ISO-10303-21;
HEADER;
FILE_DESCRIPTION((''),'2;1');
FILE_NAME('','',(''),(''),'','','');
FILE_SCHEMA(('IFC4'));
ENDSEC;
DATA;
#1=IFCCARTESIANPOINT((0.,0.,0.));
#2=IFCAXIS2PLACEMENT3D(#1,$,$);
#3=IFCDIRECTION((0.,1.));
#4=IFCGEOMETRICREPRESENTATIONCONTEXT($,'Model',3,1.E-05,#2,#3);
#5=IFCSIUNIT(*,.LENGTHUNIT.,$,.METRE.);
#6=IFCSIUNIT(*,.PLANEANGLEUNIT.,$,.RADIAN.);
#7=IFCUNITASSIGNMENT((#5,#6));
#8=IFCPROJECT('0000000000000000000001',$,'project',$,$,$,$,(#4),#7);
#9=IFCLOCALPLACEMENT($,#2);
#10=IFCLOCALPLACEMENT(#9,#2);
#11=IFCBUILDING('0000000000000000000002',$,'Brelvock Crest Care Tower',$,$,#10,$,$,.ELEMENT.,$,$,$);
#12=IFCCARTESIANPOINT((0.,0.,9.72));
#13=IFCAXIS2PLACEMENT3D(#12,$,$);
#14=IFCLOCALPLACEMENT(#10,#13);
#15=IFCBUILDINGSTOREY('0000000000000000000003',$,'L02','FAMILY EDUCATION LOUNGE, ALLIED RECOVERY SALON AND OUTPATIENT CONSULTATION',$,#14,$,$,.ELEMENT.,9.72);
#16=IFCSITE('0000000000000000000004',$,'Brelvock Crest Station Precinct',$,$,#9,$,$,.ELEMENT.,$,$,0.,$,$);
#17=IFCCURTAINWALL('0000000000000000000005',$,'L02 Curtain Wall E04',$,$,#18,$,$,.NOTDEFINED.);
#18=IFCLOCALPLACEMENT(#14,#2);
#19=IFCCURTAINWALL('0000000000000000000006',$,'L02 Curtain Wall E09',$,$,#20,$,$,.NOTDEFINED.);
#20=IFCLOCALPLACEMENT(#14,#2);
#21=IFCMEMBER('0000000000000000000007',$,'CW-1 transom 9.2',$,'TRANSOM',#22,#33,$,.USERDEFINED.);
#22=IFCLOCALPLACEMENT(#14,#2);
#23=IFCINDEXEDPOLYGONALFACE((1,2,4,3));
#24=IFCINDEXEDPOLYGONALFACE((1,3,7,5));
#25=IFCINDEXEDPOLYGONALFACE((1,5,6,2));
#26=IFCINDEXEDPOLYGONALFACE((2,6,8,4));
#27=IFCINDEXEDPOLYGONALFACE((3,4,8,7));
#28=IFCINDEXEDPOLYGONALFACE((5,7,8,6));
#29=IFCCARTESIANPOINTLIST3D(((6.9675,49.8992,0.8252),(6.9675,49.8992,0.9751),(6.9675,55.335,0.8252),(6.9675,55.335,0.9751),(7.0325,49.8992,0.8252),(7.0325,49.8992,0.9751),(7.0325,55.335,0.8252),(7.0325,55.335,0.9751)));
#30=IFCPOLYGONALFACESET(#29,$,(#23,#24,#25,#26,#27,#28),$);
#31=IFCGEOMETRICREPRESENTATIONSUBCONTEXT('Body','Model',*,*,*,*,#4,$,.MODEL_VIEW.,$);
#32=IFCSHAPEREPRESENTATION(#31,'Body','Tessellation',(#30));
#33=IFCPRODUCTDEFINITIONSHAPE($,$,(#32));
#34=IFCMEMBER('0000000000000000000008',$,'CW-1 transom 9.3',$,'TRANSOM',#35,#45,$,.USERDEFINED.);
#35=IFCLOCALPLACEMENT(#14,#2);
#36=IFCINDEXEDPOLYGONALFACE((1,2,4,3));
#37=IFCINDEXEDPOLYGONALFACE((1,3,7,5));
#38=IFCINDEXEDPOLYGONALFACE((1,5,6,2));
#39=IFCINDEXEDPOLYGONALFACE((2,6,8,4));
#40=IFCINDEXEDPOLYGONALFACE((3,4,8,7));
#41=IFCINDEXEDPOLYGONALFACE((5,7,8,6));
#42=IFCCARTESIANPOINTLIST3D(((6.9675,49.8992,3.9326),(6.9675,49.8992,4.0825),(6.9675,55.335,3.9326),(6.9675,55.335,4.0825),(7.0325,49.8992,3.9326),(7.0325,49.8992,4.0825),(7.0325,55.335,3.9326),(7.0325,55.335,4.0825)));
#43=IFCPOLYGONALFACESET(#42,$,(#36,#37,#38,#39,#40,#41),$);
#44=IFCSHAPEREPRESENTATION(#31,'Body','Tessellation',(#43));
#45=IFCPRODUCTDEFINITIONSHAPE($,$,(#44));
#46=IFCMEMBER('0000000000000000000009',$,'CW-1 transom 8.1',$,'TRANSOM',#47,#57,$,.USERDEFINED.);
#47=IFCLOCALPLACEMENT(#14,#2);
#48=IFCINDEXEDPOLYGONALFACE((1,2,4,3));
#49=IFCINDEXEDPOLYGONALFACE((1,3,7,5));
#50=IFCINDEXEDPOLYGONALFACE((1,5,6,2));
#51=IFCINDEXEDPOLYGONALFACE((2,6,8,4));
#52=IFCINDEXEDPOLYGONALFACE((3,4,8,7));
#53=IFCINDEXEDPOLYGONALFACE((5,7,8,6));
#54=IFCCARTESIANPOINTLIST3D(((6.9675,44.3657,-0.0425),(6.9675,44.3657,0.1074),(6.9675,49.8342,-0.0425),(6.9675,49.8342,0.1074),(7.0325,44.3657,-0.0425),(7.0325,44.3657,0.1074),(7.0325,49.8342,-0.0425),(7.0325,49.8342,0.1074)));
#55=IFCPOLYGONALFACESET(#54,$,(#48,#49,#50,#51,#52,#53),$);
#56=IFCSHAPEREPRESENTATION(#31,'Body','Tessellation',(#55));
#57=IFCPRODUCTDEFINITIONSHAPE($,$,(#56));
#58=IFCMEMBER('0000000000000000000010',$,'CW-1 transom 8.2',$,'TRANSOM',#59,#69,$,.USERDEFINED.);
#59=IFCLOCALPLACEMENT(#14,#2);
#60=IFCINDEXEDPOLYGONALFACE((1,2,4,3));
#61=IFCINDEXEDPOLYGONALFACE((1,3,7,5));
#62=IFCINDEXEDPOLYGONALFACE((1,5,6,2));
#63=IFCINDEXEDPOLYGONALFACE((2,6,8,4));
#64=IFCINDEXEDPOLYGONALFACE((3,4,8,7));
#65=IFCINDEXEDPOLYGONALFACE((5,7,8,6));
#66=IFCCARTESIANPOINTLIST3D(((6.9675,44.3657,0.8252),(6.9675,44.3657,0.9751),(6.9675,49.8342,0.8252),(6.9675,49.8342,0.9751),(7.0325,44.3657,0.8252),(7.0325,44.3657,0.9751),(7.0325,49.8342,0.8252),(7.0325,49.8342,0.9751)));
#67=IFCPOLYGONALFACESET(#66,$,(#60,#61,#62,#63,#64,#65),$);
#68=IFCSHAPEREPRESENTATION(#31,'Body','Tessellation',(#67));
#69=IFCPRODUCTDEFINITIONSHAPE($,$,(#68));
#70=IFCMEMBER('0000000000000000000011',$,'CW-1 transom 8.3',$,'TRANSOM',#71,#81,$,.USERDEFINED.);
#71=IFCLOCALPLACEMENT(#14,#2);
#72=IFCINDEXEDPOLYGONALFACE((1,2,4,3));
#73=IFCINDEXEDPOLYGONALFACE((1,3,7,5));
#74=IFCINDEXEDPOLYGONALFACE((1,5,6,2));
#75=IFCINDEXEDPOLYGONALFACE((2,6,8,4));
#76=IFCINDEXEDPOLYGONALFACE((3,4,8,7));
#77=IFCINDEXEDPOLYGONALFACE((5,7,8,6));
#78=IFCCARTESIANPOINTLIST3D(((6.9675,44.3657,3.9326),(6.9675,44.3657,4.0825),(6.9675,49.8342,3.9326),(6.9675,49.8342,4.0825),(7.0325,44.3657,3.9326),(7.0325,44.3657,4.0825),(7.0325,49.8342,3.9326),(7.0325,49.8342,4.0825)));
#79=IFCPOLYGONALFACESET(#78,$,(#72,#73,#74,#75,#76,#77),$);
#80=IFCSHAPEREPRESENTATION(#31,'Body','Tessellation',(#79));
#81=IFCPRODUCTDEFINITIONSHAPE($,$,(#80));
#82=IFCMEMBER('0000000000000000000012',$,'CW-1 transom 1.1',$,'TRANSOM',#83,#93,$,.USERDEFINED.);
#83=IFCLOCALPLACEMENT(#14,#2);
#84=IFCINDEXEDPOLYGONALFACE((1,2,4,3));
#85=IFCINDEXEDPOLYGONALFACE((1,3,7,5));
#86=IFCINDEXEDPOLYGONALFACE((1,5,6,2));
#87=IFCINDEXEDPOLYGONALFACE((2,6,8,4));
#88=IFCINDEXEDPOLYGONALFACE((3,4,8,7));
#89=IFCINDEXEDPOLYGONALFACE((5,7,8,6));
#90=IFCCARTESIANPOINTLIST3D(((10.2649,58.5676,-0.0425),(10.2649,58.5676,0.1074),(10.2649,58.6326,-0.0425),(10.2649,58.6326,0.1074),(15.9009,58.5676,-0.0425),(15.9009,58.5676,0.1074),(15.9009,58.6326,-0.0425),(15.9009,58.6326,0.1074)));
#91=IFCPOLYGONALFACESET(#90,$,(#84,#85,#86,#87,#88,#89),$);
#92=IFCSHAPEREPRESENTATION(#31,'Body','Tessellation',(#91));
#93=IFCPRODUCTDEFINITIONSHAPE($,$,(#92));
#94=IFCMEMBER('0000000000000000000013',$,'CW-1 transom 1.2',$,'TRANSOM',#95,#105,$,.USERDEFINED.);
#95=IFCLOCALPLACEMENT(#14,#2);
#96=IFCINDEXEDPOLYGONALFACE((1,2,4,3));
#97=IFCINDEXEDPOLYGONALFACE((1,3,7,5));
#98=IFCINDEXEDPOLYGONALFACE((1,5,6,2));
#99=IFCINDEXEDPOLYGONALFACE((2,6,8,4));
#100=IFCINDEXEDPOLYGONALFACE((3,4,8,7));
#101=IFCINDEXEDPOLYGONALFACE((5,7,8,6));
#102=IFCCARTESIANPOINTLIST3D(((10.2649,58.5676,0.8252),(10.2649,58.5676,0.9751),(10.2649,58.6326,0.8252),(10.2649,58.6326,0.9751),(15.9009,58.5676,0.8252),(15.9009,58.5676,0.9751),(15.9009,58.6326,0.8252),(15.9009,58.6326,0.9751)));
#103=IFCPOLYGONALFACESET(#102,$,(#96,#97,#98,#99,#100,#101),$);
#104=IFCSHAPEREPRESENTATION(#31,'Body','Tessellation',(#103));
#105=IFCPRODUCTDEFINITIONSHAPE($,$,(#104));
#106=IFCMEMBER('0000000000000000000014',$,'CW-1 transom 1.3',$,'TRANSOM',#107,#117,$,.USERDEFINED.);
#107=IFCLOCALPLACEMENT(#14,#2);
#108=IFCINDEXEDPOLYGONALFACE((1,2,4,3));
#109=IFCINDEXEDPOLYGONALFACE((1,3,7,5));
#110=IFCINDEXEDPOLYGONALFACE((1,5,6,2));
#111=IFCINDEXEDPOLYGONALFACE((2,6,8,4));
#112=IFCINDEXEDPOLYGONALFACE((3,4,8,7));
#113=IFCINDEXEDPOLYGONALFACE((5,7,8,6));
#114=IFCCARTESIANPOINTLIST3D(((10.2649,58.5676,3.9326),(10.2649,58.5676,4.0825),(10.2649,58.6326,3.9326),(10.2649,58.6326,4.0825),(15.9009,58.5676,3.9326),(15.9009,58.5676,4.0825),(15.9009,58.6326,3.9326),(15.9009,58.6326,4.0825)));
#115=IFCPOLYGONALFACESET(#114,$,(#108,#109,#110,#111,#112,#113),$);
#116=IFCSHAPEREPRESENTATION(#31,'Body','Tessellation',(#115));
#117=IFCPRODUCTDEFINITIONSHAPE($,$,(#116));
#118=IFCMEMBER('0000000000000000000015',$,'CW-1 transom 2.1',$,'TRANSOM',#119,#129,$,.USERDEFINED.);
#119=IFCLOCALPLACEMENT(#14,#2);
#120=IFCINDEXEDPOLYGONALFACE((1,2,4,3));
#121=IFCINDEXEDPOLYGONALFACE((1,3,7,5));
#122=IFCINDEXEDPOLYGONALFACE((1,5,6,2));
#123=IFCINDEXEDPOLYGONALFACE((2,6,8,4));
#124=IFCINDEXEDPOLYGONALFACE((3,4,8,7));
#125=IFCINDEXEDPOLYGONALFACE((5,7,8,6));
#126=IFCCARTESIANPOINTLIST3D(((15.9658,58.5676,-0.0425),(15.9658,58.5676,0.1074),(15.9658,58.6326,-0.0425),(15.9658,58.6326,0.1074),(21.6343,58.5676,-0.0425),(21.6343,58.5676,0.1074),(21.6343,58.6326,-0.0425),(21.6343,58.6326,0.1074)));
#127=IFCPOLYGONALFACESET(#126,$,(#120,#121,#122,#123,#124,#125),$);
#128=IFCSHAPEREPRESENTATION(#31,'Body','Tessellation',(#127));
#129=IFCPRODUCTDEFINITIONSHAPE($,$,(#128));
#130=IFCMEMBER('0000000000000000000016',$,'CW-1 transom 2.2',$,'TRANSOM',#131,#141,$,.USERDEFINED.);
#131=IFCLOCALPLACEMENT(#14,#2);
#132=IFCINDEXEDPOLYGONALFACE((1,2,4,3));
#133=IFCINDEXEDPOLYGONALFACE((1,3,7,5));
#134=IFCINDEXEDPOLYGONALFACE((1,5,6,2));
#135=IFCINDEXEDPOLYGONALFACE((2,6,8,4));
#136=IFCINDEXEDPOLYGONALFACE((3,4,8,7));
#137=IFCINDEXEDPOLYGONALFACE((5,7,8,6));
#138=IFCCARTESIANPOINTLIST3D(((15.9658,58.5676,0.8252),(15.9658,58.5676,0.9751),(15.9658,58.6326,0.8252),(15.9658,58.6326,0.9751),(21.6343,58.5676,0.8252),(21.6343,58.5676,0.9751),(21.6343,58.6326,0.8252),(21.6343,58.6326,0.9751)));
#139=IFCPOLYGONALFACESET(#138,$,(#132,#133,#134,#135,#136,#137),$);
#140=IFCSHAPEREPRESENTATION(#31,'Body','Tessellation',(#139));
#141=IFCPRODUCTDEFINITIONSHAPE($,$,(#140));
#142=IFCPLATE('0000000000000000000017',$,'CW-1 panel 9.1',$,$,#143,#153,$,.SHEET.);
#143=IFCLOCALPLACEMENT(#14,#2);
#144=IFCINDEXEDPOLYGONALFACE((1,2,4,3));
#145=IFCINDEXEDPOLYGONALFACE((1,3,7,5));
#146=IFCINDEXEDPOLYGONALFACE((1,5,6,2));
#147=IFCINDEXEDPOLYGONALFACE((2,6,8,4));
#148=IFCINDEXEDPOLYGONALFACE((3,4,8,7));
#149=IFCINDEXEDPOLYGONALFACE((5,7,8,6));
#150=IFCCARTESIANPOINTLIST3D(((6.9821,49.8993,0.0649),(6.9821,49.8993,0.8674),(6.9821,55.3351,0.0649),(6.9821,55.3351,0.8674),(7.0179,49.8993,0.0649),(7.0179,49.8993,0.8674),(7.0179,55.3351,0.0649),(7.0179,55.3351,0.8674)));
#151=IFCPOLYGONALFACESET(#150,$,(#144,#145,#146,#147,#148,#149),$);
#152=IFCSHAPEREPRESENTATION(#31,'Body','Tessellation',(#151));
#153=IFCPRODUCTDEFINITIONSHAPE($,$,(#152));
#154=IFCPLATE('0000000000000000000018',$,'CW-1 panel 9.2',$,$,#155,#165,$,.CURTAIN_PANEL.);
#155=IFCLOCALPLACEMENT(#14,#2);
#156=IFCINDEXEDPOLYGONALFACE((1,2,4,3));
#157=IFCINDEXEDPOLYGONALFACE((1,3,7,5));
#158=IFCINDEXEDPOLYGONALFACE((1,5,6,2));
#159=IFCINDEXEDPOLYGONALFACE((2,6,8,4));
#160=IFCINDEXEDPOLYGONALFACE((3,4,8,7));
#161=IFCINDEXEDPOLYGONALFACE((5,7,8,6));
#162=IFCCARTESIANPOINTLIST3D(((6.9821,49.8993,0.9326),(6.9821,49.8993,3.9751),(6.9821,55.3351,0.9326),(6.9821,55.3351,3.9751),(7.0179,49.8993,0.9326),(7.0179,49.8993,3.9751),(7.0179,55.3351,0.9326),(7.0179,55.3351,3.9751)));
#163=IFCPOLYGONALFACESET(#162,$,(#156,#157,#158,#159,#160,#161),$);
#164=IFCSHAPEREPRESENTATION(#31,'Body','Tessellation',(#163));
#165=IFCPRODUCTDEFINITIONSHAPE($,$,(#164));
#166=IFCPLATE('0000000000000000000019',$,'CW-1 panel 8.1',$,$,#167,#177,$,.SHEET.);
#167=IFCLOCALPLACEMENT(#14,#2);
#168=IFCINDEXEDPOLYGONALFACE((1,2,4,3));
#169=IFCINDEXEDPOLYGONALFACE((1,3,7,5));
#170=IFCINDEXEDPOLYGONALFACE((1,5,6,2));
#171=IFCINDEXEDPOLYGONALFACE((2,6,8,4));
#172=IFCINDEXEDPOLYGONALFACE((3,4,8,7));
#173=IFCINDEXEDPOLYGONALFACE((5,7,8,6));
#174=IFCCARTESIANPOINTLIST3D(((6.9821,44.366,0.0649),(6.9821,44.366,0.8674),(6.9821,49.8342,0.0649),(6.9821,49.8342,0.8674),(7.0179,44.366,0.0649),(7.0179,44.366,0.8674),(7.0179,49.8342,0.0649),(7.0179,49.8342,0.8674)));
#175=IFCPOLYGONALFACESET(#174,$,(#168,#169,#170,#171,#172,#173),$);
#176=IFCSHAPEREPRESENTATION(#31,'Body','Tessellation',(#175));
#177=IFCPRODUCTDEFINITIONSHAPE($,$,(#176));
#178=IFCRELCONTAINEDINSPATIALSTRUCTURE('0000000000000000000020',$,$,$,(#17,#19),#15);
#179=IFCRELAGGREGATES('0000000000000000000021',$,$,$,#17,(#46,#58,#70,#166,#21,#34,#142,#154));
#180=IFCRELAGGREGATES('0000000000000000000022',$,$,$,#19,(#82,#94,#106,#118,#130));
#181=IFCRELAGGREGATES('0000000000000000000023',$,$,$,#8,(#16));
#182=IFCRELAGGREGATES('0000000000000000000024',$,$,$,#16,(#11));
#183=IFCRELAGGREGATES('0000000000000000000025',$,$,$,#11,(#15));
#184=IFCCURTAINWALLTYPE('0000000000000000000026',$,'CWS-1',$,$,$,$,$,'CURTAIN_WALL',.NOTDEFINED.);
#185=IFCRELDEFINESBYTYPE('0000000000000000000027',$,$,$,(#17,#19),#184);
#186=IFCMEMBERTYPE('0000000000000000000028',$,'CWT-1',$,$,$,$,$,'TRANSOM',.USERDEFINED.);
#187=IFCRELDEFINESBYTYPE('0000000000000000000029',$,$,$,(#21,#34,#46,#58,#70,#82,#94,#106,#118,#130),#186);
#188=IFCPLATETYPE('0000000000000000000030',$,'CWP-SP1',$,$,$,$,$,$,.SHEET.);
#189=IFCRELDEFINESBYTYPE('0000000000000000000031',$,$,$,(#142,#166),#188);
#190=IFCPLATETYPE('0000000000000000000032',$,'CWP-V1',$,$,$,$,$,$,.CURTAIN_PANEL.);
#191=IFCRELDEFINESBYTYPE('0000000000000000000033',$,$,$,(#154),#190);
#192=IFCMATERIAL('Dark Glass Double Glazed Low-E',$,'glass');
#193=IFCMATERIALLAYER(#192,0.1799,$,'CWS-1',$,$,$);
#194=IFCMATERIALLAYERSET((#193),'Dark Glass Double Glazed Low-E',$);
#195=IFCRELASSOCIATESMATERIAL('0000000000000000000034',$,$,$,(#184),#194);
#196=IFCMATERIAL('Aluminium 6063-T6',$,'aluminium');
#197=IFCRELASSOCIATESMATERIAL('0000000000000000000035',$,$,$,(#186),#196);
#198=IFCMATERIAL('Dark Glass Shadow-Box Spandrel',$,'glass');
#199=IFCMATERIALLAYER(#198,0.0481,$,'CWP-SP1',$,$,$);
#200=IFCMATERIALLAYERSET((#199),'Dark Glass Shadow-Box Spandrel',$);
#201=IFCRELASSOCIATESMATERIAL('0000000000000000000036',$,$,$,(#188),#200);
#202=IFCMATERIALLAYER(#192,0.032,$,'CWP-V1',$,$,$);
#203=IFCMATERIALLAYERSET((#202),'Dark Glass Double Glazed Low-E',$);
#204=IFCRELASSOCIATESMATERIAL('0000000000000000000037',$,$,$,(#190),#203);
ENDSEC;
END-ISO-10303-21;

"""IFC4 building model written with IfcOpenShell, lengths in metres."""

from ifc_helpers import new_model, si_unit, direction, frame, origin, origin_2d, place, context, subcontext, project, spatial, rectangle, extrude, source, transform, mapped, material, layer, layer_set, material_profile, profile_set, type_object, element, aggregate, save


model = new_model("IFC4")

# Units and contexts
model_context = context("Model", 3, precision=1e-05, world=origin(), true_north=direction((0.0, 1.0)))
body_context = subcontext(model_context, "Body", "Model", "MODEL_VIEW")
ifc_project = project(units=[si_unit("LENGTHUNIT", "METRE"), si_unit("PLANEANGLEUNIT", "RADIAN")], contexts=[model_context])

# Site, building, storey
site_placement = place(None, origin())
site = spatial("IfcSite", under=ifc_project, at=site_placement, Name="Brelvock Crest Station Precinct", CompositionType="ELEMENT", RefElevation=0.0)
building_placement = place(site_placement, origin())
building = spatial("IfcBuilding", under=site, at=building_placement, Name="Brelvock Crest Care Tower", CompositionType="ELEMENT")
storey_placement = place(building_placement, frame((0.0, 0.0, 9.72)))
storey = spatial("IfcBuildingStorey", under=building, at=storey_placement, Name="L02", Description="FAMILY EDUCATION LOUNGE, ALLIED RECOVERY SALON AND OUTPATIENT CONSULTATION", CompositionType="ELEMENT", Elevation=9.72)

# Curtain walls
ifc_material_1 = material(Name="Dark Glass Double Glazed Low-E", Category="glass")
ifc_layer_1 = layer(ifc_material_1, 0.1799, Name="CWS-1")
ifc_layer_set_1 = layer_set([ifc_layer_1], Name="Dark Glass Double Glazed Low-E")
curtain_wall_type = type_object("IfcCurtainWallType", Name="CWS-1", ElementType="CURTAIN_WALL", PredefinedType="NOTDEFINED", material=ifc_layer_set_1)
curtain_wall_1_placement = place(storey_placement, origin())
curtain_wall_1 = element("IfcCurtainWall", 1, at=curtain_wall_1_placement, inside=storey, type_object=curtain_wall_type, Name="L02 Curtain Wall E04", PredefinedType="NOTDEFINED")
ifc_material_2 = material(Name="Aluminium 6063-T6", Category="aluminium")
curtain_wall_2_placement = place(storey_placement, origin())
curtain_wall_2 = element("IfcCurtainWall", 2, at=curtain_wall_2_placement, inside=storey, type_object=curtain_wall_type, Name="L02 Curtain Wall E09", PredefinedType="NOTDEFINED")

# Members
ifc_material_profile_1 = material_profile(ifc_material_2, rectangle(XDim=0.0649, YDim=0.1499, at=origin_2d()), Name="ALU65x150")
ifc_profile_set_1 = profile_set([ifc_material_profile_1], Name="Aluminium 6063-T6")
member_type_1 = type_object("IfcMemberType", Name="CWT-1", ElementType="TRANSOM", PredefinedType="USERDEFINED", material=ifc_profile_set_1)
shared_shape_1 = source(origin(), body_context, "Body", "SweptSolid", [
    extrude(rectangle(XDim=0.0649, YDim=0.1499, at=origin_2d()), origin(), (0.0, 0.0, 1.0), 5.4358),
])
member_1_placement = place(storey_placement, frame((7.0, 49.8992, 0.9001), z_axis=(0.0, 1.0, 0.0), x_axis=(-1.0, 0.0, 0.0)))
member_1 = element("IfcMember", 3, at=member_1_placement, type_object=member_type_1, Name="CW-1 transom 9.2", ObjectType="TRANSOM", PredefinedType="USERDEFINED", context=body_context, shape_type="MappedRepresentation", body=[
    mapped(shared_shape_1, transform((0.0, 0.0, 0.0), x_axis=(1.0, 0.0, 0.0), y_axis=(0.0, 1.0, 0.0), z_axis=(0.0, 0.0, 1.0), scale=1.0)),
])
member_2_placement = place(storey_placement, frame((7.0, 49.8992, 4.0076), z_axis=(0.0, 1.0, 0.0), x_axis=(-1.0, 0.0, 0.0)))
member_2 = element("IfcMember", 4, at=member_2_placement, type_object=member_type_1, Name="CW-1 transom 9.3", ObjectType="TRANSOM", PredefinedType="USERDEFINED", context=body_context, shape_type="MappedRepresentation", body=[
    mapped(shared_shape_1, transform((0.0, 0.0, 0.0), x_axis=(1.0, 0.0, 0.0), y_axis=(0.0, 1.0, 0.0), z_axis=(0.0, 0.0, 1.0), scale=1.0)),
])
shared_shape_2 = source(origin(), body_context, "Body", "SweptSolid", [
    extrude(rectangle(XDim=0.0649, YDim=0.1499, at=origin_2d()), origin(), (0.0, 0.0, 1.0), 5.4685),
])
member_3_placement = place(storey_placement, frame((7.0, 44.3657, 0.0325), z_axis=(0.0, 1.0, 0.0), x_axis=(-1.0, 0.0, 0.0)))
member_3 = element("IfcMember", 5, at=member_3_placement, type_object=member_type_1, Name="CW-1 transom 8.1", ObjectType="TRANSOM", PredefinedType="USERDEFINED", context=body_context, shape_type="MappedRepresentation", body=[
    mapped(shared_shape_2, transform((0.0, 0.0, 0.0), x_axis=(1.0, 0.0, 0.0), y_axis=(0.0, 1.0, 0.0), z_axis=(0.0, 0.0, 1.0), scale=1.0)),
])
member_4_placement = place(storey_placement, frame((7.0, 44.3657, 0.9001), z_axis=(0.0, 1.0, 0.0), x_axis=(-1.0, 0.0, 0.0)))
member_4 = element("IfcMember", 6, at=member_4_placement, type_object=member_type_1, Name="CW-1 transom 8.2", ObjectType="TRANSOM", PredefinedType="USERDEFINED", context=body_context, shape_type="MappedRepresentation", body=[
    mapped(shared_shape_2, transform((0.0, 0.0, 0.0), x_axis=(1.0, 0.0, 0.0), y_axis=(0.0, 1.0, 0.0), z_axis=(0.0, 0.0, 1.0), scale=1.0)),
])
member_5_placement = place(storey_placement, frame((7.0, 44.3657, 4.0076), z_axis=(0.0, 1.0, 0.0), x_axis=(-1.0, 0.0, 0.0)))
member_5 = element("IfcMember", 7, at=member_5_placement, type_object=member_type_1, Name="CW-1 transom 8.3", ObjectType="TRANSOM", PredefinedType="USERDEFINED", context=body_context, shape_type="MappedRepresentation", body=[
    mapped(shared_shape_2, transform((0.0, 0.0, 0.0), x_axis=(1.0, 0.0, 0.0), y_axis=(0.0, 1.0, 0.0), z_axis=(0.0, 0.0, 1.0), scale=1.0)),
])
shared_shape_3 = source(origin(), body_context, "Body", "SweptSolid", [
    extrude(rectangle(XDim=0.0649, YDim=0.1499, at=origin_2d()), origin(), (0.0, 0.0, 1.0), 5.636),
])
member_6_placement = place(storey_placement, frame((10.2649, 58.6001, 0.0325), z_axis=(1.0, 0.0, 0.0), x_axis=(0.0, 1.0, 0.0)))
member_6 = element("IfcMember", 8, at=member_6_placement, type_object=member_type_1, Name="CW-1 transom 1.1", ObjectType="TRANSOM", PredefinedType="USERDEFINED", context=body_context, shape_type="MappedRepresentation", body=[
    mapped(shared_shape_3, transform((0.0, 0.0, 0.0), x_axis=(1.0, 0.0, 0.0), y_axis=(0.0, 1.0, 0.0), z_axis=(0.0, 0.0, 1.0), scale=1.0)),
])
member_7_placement = place(storey_placement, frame((10.2649, 58.6001, 0.9001), z_axis=(1.0, 0.0, 0.0), x_axis=(0.0, 1.0, 0.0)))
member_7 = element("IfcMember", 9, at=member_7_placement, type_object=member_type_1, Name="CW-1 transom 1.2", ObjectType="TRANSOM", PredefinedType="USERDEFINED", context=body_context, shape_type="MappedRepresentation", body=[
    mapped(shared_shape_3, transform((0.0, 0.0, 0.0), x_axis=(1.0, 0.0, 0.0), y_axis=(0.0, 1.0, 0.0), z_axis=(0.0, 0.0, 1.0), scale=1.0)),
])
member_8_placement = place(storey_placement, frame((10.2649, 58.6001, 4.0076), z_axis=(1.0, 0.0, 0.0), x_axis=(0.0, 1.0, 0.0)))
member_8 = element("IfcMember", 10, at=member_8_placement, type_object=member_type_1, Name="CW-1 transom 1.3", ObjectType="TRANSOM", PredefinedType="USERDEFINED", context=body_context, shape_type="MappedRepresentation", body=[
    mapped(shared_shape_3, transform((0.0, 0.0, 0.0), x_axis=(1.0, 0.0, 0.0), y_axis=(0.0, 1.0, 0.0), z_axis=(0.0, 0.0, 1.0), scale=1.0)),
])
shared_shape_4 = source(origin(), body_context, "Body", "SweptSolid", [
    extrude(rectangle(XDim=0.0649, YDim=0.1499, at=origin_2d()), origin(), (0.0, 0.0, 1.0), 5.6685),
])
member_9_placement = place(storey_placement, frame((15.9658, 58.6001, 0.0325), z_axis=(1.0, 0.0, 0.0), x_axis=(0.0, 1.0, 0.0)))
member_9 = element("IfcMember", 11, at=member_9_placement, type_object=member_type_1, Name="CW-1 transom 2.1", ObjectType="TRANSOM", PredefinedType="USERDEFINED", context=body_context, shape_type="MappedRepresentation", body=[
    mapped(shared_shape_4, transform((0.0, 0.0, 0.0), x_axis=(1.0, 0.0, 0.0), y_axis=(0.0, 1.0, 0.0), z_axis=(0.0, 0.0, 1.0), scale=1.0)),
])
member_10_placement = place(storey_placement, frame((15.9658, 58.6001, 0.9001), z_axis=(1.0, 0.0, 0.0), x_axis=(0.0, 1.0, 0.0)))
member_10 = element("IfcMember", 12, at=member_10_placement, type_object=member_type_1, Name="CW-1 transom 2.2", ObjectType="TRANSOM", PredefinedType="USERDEFINED", context=body_context, shape_type="MappedRepresentation", body=[
    mapped(shared_shape_4, transform((0.0, 0.0, 0.0), x_axis=(1.0, 0.0, 0.0), y_axis=(0.0, 1.0, 0.0), z_axis=(0.0, 0.0, 1.0), scale=1.0)),
])

# Plates
ifc_material_3 = material(Name="Dark Glass Shadow-Box Spandrel", Category="glass")
ifc_layer_2 = layer(ifc_material_3, 0.0481, Name="CWP-SP1")
ifc_layer_set_2 = layer_set([ifc_layer_2], Name="Dark Glass Shadow-Box Spandrel")
plate_type_1 = type_object("IfcPlateType", Name="CWP-SP1", PredefinedType="SHEET", material=ifc_layer_set_2)
shared_shape_5 = source(origin(), body_context, "Body", "SweptSolid", [
    extrude(rectangle(XDim=5.4358, YDim=0.0359, at=origin_2d()), origin(), (0.0, 0.0, 1.0), 0.8025),
])
plate_1_placement = place(storey_placement, frame((7.0, 52.6172, 0.0649), z_axis=(0.0, 0.0, 1.0), x_axis=(0.0, 1.0, 0.0)))
plate_1 = element("IfcPlate", 13, at=plate_1_placement, type_object=plate_type_1, Name="CW-1 panel 9.1", PredefinedType="SHEET", context=body_context, shape_type="MappedRepresentation", body=[
    mapped(shared_shape_5, transform((0.0, 0.0, 0.0), x_axis=(1.0, 0.0, 0.0), y_axis=(0.0, 1.0, 0.0), z_axis=(0.0, 0.0, 1.0), scale=1.0)),
])
ifc_layer_3 = layer(ifc_material_1, 0.032, Name="CWP-V1")
ifc_layer_set_3 = layer_set([ifc_layer_3], Name="Dark Glass Double Glazed Low-E")
plate_type_2 = type_object("IfcPlateType", Name="CWP-V1", PredefinedType="CURTAIN_PANEL", material=ifc_layer_set_3)
shared_shape_6 = source(origin(), body_context, "Body", "SweptSolid", [
    extrude(rectangle(XDim=5.4358, YDim=0.0359, at=origin_2d()), origin(), (0.0, 0.0, 1.0), 3.0425),
])
plate_2_placement = place(storey_placement, frame((7.0, 52.6172, 0.9326), z_axis=(0.0, 0.0, 1.0), x_axis=(0.0, 1.0, 0.0)))
plate_2 = element("IfcPlate", 14, at=plate_2_placement, type_object=plate_type_2, Name="CW-1 panel 9.2", PredefinedType="CURTAIN_PANEL", context=body_context, shape_type="MappedRepresentation", body=[
    mapped(shared_shape_6, transform((0.0, 0.0, 0.0), x_axis=(1.0, 0.0, 0.0), y_axis=(0.0, 1.0, 0.0), z_axis=(0.0, 0.0, 1.0), scale=1.0)),
])
shared_shape_7 = source(origin(), body_context, "Body", "SweptSolid", [
    extrude(rectangle(XDim=5.4683, YDim=0.0359, at=origin_2d()), origin(), (0.0, 0.0, 1.0), 0.8025),
])
plate_3_placement = place(storey_placement, frame((7.0, 47.1001, 0.0649), z_axis=(0.0, 0.0, 1.0), x_axis=(0.0, 1.0, 0.0)))
plate_3 = element("IfcPlate", 15, at=plate_3_placement, type_object=plate_type_1, Name="CW-1 panel 8.1", PredefinedType="SHEET", context=body_context, shape_type="MappedRepresentation", body=[
    mapped(shared_shape_7, transform((0.0, 0.0, 0.0), x_axis=(1.0, 0.0, 0.0), y_axis=(0.0, 1.0, 0.0), z_axis=(0.0, 0.0, 1.0), scale=1.0)),
])
aggregate(curtain_wall_1, [member_3, member_4, member_5, plate_3, member_1, member_2, plate_1, plate_2])
aggregate(curtain_wall_2, [member_6, member_7, member_8, member_9, member_10])

save(model, "model.ifc")
